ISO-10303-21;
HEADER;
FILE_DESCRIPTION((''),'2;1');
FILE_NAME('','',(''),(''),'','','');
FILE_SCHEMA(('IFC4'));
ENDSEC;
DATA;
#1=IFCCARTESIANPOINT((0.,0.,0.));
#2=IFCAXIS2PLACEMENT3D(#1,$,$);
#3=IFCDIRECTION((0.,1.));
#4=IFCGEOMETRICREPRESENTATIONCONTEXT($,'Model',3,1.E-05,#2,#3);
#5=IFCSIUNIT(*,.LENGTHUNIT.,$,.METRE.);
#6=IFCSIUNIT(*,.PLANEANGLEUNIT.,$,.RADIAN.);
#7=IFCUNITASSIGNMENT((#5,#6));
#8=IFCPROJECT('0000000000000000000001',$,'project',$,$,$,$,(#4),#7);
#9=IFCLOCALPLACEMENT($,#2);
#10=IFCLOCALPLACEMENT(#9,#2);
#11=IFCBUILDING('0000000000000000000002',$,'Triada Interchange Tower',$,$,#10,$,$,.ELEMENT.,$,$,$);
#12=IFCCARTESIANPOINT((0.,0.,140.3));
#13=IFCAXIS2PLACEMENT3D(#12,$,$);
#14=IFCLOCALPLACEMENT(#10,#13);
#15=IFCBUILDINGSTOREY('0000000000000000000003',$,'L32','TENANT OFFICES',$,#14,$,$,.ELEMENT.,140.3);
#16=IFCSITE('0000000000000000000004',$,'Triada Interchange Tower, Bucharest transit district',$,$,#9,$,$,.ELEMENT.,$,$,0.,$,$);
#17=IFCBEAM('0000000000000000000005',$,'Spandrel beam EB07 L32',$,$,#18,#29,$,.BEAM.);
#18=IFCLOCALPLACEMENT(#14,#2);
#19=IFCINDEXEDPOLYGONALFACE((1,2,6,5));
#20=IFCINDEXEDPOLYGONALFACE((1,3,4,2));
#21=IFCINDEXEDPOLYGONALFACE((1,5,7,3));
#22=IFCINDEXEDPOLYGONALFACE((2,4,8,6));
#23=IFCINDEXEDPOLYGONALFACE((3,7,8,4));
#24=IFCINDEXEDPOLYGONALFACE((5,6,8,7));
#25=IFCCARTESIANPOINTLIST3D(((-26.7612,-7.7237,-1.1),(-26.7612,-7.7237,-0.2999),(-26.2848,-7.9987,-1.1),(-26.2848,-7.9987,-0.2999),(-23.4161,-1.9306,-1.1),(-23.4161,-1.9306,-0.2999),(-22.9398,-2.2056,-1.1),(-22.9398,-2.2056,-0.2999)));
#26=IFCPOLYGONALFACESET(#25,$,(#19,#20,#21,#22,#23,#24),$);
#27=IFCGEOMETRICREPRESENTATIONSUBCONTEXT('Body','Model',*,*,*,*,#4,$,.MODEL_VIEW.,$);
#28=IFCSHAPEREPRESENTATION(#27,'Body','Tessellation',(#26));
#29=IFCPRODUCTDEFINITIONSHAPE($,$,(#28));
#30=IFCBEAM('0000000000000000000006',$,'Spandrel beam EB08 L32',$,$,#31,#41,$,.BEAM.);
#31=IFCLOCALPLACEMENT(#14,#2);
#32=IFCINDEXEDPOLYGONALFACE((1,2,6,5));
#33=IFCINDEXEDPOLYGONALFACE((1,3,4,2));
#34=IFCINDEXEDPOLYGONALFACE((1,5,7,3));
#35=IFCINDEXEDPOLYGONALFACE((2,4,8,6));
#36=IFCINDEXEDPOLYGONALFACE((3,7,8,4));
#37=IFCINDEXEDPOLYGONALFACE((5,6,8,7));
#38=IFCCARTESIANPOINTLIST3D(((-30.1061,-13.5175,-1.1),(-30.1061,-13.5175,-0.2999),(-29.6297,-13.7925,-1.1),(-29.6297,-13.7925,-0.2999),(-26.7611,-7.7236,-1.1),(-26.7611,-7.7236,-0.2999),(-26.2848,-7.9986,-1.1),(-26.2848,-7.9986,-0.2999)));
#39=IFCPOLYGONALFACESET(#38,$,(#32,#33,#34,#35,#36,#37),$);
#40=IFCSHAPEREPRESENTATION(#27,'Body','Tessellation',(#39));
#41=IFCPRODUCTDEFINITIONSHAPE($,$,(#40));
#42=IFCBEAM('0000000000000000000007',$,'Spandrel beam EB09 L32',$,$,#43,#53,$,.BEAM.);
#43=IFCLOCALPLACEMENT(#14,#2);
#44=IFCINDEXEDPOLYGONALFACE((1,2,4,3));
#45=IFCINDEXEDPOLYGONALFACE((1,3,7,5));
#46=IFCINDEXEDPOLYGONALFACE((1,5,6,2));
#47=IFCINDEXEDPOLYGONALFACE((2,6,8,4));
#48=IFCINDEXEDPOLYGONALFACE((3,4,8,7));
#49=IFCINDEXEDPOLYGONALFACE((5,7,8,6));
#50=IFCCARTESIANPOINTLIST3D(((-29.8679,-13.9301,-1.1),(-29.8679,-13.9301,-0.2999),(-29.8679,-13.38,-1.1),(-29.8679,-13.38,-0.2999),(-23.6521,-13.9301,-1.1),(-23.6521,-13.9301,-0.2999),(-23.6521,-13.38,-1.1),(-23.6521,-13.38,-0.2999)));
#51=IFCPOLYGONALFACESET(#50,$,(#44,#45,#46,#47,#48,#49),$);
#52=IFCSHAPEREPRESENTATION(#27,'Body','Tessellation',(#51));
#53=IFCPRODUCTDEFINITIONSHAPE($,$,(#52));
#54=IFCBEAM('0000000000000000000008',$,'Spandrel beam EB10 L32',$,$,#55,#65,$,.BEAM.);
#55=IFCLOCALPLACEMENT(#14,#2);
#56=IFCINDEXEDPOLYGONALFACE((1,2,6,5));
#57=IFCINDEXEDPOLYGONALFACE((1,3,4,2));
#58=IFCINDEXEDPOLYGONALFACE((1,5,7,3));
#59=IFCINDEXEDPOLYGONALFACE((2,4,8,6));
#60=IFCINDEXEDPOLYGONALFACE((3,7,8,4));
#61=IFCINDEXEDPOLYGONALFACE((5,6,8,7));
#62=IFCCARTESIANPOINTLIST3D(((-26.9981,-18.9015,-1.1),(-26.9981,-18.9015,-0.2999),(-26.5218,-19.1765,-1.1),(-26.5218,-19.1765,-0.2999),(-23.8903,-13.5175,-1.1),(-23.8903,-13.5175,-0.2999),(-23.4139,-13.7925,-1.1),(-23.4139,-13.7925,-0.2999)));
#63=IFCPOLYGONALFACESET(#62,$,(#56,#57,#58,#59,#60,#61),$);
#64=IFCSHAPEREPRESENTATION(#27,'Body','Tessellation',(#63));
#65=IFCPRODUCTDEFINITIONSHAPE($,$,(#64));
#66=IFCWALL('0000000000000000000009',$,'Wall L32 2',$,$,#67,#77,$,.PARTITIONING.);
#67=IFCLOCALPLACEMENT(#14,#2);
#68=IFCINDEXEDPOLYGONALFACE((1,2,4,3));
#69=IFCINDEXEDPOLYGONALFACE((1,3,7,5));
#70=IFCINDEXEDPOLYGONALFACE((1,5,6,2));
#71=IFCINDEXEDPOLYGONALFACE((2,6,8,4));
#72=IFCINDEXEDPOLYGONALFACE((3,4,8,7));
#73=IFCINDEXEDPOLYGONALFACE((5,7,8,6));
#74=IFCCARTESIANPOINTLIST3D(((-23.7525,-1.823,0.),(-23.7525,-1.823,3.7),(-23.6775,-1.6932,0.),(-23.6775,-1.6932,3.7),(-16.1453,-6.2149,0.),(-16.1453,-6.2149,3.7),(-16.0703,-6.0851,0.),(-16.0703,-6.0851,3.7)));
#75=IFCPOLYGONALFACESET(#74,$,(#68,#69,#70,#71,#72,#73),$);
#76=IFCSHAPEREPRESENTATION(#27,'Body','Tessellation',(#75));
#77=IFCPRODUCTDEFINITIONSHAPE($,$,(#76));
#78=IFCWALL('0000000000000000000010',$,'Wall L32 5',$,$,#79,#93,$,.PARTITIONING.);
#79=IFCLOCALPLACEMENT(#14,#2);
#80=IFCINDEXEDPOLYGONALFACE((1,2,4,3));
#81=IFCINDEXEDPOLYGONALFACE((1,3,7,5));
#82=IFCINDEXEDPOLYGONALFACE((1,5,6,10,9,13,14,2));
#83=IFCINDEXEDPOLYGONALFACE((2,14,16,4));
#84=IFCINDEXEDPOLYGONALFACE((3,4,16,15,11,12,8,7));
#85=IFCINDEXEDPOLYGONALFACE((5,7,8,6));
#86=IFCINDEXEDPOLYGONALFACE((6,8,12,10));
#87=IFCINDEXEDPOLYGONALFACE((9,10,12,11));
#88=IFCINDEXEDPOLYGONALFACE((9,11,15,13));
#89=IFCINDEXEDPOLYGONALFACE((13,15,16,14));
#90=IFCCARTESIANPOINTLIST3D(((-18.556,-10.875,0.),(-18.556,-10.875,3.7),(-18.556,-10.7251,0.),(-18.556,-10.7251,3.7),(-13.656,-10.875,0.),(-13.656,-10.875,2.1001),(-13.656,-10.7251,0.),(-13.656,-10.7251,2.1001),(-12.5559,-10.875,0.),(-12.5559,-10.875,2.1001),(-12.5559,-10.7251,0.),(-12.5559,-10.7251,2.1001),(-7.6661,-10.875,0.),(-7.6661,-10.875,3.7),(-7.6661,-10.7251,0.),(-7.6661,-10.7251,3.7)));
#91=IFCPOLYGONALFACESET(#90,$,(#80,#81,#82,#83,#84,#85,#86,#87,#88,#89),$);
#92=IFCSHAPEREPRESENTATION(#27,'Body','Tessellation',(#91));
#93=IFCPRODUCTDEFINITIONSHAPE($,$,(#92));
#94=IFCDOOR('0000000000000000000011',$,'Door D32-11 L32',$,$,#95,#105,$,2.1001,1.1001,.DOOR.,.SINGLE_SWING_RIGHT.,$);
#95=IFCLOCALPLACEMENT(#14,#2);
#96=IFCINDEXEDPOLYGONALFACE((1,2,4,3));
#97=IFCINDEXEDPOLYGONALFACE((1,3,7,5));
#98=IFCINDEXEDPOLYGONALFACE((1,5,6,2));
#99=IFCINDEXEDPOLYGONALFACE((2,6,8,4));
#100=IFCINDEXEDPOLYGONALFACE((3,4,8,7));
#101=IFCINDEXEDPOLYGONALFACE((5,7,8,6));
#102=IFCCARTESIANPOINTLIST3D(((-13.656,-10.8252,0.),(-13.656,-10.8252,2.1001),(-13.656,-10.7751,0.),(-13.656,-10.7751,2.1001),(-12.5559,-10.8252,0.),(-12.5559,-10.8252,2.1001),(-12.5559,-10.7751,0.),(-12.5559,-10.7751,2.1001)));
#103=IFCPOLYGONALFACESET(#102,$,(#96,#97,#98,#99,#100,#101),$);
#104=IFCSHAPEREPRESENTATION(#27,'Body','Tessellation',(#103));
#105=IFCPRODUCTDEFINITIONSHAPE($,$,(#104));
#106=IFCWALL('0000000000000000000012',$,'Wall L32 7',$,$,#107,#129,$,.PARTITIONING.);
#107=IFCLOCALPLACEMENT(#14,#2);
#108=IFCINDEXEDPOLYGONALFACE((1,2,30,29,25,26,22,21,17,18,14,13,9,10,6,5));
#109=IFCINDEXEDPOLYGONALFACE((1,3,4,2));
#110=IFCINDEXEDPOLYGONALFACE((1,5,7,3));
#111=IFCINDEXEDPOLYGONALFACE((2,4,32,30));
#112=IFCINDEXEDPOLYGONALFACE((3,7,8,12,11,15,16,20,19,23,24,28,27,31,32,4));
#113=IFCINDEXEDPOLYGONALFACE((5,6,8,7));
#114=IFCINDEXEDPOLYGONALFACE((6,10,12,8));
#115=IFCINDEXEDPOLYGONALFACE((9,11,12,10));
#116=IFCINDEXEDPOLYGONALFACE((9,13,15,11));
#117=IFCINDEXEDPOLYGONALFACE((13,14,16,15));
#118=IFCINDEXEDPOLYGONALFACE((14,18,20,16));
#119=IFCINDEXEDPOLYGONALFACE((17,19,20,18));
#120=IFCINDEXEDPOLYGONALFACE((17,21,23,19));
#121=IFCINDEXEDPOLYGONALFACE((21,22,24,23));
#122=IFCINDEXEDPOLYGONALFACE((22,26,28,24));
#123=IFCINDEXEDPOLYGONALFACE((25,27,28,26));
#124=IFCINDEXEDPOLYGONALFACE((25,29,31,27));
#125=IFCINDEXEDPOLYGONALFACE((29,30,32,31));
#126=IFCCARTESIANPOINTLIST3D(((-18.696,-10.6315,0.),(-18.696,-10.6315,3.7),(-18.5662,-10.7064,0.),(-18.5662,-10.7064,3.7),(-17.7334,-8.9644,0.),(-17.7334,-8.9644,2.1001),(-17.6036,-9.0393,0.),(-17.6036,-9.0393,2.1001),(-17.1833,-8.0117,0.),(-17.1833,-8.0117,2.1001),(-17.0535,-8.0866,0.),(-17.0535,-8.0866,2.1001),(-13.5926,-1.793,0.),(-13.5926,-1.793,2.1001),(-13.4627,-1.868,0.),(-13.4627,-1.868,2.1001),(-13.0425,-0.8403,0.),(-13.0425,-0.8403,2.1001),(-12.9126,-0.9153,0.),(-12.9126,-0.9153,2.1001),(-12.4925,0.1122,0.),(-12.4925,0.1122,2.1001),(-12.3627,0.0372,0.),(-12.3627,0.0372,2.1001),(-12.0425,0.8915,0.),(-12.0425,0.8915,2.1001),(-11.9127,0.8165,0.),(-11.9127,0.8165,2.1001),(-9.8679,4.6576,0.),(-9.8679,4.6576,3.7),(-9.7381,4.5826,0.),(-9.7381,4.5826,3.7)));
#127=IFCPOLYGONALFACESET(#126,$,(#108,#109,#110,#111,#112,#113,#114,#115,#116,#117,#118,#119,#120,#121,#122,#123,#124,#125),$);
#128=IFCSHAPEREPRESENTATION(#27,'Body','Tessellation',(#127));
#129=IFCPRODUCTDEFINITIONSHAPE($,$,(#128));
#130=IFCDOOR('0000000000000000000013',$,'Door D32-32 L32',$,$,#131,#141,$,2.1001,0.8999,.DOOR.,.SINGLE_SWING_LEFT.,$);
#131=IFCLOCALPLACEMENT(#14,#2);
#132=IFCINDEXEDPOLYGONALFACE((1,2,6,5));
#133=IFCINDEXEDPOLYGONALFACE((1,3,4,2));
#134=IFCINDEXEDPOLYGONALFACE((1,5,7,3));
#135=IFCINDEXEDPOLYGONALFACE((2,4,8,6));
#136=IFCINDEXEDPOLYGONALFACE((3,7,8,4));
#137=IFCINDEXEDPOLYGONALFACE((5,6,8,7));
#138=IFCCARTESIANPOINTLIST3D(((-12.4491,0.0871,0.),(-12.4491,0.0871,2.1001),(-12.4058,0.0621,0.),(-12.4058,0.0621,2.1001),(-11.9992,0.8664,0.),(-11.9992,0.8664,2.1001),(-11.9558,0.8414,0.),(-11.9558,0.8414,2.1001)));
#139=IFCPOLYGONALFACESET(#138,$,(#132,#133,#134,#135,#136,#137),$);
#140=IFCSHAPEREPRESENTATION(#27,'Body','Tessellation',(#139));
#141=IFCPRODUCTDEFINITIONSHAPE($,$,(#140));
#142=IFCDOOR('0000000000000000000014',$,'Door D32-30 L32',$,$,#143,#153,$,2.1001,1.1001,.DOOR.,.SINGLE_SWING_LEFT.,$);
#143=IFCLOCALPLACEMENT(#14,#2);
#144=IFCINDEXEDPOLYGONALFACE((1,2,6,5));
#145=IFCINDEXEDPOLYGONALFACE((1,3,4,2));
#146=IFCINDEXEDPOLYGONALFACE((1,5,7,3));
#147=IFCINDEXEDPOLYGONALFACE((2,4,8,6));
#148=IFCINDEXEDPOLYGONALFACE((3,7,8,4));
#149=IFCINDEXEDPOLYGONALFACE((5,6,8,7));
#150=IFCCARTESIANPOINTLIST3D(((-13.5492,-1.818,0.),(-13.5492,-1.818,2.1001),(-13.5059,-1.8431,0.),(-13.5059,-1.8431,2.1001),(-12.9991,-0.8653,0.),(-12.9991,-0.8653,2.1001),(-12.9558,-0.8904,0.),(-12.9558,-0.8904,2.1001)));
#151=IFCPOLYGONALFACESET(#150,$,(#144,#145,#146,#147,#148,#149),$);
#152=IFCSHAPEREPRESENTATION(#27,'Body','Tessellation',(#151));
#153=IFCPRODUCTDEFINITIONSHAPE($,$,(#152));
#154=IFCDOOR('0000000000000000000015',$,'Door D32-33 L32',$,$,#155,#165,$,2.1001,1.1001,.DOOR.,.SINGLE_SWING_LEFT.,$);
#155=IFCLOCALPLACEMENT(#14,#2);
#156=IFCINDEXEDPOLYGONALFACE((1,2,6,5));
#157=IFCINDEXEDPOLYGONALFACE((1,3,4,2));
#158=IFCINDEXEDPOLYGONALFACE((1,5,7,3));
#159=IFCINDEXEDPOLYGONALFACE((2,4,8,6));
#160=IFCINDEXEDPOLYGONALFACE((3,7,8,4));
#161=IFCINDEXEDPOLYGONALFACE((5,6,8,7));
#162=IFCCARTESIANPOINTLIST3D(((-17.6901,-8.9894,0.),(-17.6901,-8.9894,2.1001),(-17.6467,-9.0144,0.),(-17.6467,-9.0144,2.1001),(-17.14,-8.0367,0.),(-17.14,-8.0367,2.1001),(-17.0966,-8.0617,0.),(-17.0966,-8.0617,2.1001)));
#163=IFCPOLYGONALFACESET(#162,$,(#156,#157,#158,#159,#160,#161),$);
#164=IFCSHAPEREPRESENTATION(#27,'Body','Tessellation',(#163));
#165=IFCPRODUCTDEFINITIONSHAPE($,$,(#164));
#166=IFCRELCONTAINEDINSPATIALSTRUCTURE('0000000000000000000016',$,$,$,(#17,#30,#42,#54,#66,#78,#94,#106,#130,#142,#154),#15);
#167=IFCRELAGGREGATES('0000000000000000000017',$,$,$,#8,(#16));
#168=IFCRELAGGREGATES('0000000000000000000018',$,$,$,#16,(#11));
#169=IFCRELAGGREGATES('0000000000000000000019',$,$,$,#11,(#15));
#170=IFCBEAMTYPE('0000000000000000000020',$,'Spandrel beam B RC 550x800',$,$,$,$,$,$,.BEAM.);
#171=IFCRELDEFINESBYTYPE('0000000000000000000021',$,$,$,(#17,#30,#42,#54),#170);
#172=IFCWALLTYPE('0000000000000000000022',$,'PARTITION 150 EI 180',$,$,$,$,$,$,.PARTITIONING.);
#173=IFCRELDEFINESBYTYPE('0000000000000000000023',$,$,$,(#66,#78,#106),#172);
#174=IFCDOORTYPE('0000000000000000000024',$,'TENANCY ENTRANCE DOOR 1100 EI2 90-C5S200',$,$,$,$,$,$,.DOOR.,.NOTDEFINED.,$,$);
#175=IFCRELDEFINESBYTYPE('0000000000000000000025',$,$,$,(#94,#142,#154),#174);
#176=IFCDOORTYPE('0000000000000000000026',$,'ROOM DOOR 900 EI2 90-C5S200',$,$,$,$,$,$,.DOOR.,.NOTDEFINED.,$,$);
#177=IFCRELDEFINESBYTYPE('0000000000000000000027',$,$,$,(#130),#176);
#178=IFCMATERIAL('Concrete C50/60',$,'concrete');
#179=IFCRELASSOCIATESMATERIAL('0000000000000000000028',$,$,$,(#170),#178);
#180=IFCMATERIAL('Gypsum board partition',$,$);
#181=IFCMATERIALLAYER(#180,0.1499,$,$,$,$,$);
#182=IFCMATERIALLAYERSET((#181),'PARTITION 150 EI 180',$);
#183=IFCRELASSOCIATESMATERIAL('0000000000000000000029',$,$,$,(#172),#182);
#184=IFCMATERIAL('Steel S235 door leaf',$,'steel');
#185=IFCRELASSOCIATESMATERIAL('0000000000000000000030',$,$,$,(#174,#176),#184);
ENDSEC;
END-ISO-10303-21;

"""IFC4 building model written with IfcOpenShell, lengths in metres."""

from ifc_helpers import new_model, si_unit, direction, frame, frame_2d, origin, origin_2d, place, context, subcontext, project, spatial, rectangle, extrude, material, layer, layer_set, material_profile, profile_set, type_object, element, fill, save


model = new_model("IFC4")

# Units and contexts
model_context = context("Model", 3, precision=1e-05, world=origin(), true_north=direction((0.0, 1.0)))
body_context = subcontext(model_context, "Body", "Model", "MODEL_VIEW")
ifc_project = project(units=[si_unit("LENGTHUNIT", "METRE"), si_unit("PLANEANGLEUNIT", "RADIAN")], contexts=[model_context])

# Site, building, storey
site_placement = place(None, origin())
site = spatial("IfcSite", under=ifc_project, at=site_placement, Name="Triada Interchange Tower, Bucharest transit district", CompositionType="ELEMENT", RefElevation=0.0)
building_placement = place(site_placement, origin())
building = spatial("IfcBuilding", under=site, at=building_placement, Name="Triada Interchange Tower", CompositionType="ELEMENT")
storey_placement = place(building_placement, frame((0.0, 0.0, 140.3)))
storey = spatial("IfcBuildingStorey", under=building, at=storey_placement, Name="L32", Description="TENANT OFFICES", CompositionType="ELEMENT", Elevation=140.3)

# Beams
ifc_material_1 = material(Name="Concrete C50/60", Category="concrete")
ifc_material_profile_1 = material_profile(ifc_material_1, rectangle(XDim=0.55, YDim=0.8, at=origin_2d()), Name="RC 550x800")
ifc_profile_set_1 = profile_set([ifc_material_profile_1], Name="Concrete C50/60")
beam_type_1 = type_object("IfcBeamType", Name="Spandrel beam B RC 550x800", PredefinedType="BEAM", material=ifc_profile_set_1)
beam_1_placement = place(storey_placement, frame((-23.178, -2.0681, -0.7), z_axis=(-0.500045, -0.866, 0.0), x_axis=(0.866, -0.500045, 0.0)))
element("IfcBeam", 1, at=beam_1_placement, inside=storey, type_object=beam_type_1, Name="Spandrel beam EB07 L32", PredefinedType="BEAM", context=body_context, shape_type="SweptSolid", body=[
    extrude(rectangle(XDim=0.55, YDim=0.8, at=origin_2d()), origin(), (0.0, 0.0, 1.0), 6.6895),
])
beam_2_placement = place(storey_placement, frame((-26.5229, -7.8611, -0.7), z_axis=(-0.499981, -0.866036, 0.0), x_axis=(0.866036, -0.499981, 0.0)))
element("IfcBeam", 2, at=beam_2_placement, inside=storey, type_object=beam_type_1, Name="Spandrel beam EB08 L32", PredefinedType="BEAM", context=body_context, shape_type="SweptSolid", body=[
    extrude(rectangle(XDim=0.55, YDim=0.8, at=origin_2d()), origin(), (0.0, 0.0, 1.0), 6.6902),
])
beam_3_placement = place(storey_placement, frame((-29.8679, -13.655, -0.7), z_axis=(1.0, 0.0, 0.0), x_axis=(0.0, 1.0, 0.0)))
element("IfcBeam", 3, at=beam_3_placement, inside=storey, type_object=beam_type_1, Name="Spandrel beam EB09 L32", PredefinedType="BEAM", context=body_context, shape_type="SweptSolid", body=[
    extrude(rectangle(XDim=0.55, YDim=0.8, at=origin_2d()), origin(), (0.0, 0.0, 1.0), 6.2158),
])
beam_4_placement = place(storey_placement, frame((-23.6521, -13.655, -0.7), z_axis=(-0.499932, -0.866065, 0.0), x_axis=(0.866065, -0.499932, 0.0)))
element("IfcBeam", 4, at=beam_4_placement, inside=storey, type_object=beam_type_1, Name="Spandrel beam EB10 L32", PredefinedType="BEAM", context=body_context, shape_type="SweptSolid", body=[
    extrude(rectangle(XDim=0.55, YDim=0.8, at=origin_2d()), origin(), (0.0, 0.0, 1.0), 6.2166),
])

# Wall
ifc_material_2 = material(Name="Gypsum board partition")
ifc_layer_1 = layer(ifc_material_2, 0.1499)
ifc_layer_set_1 = layer_set([ifc_layer_1], Name="PARTITION 150 EI 180")
wall_type = type_object("IfcWallType", Name="PARTITION 150 EI 180", PredefinedType="PARTITIONING", material=ifc_layer_set_1)
wall_1_placement = place(storey_placement, frame((-23.7151, -1.7581, 0.0), z_axis=(0.0, 0.0, 1.0), x_axis=(0.866033, -0.499986, 0.0)))
element("IfcWall", 5, at=wall_1_placement, inside=storey, type_object=wall_type, Name="Wall L32 2", PredefinedType="PARTITIONING", context=body_context, shape_type="SweptSolid", body=[
    extrude(rectangle(XDim=8.7839, YDim=0.1499, at=frame_2d((4.3921, 0.0))), origin(), (0.0, 0.0, 1.0), 3.7),
])

# Wall, opening, door
wall_2_placement = place(storey_placement, frame((-18.5559, -10.8, 0.0), z_axis=(0.0, 0.0, 1.0), x_axis=(1.0, 0.0, 0.0)))
wall_2 = element("IfcWall", 6, at=wall_2_placement, inside=storey, type_object=wall_type, Name="Wall L32 5", PredefinedType="PARTITIONING", context=body_context, shape_type="SweptSolid", body=[
    extrude(rectangle(XDim=10.8899, YDim=0.1499, at=frame_2d((5.4448, 0.0))), origin(), (0.0, 0.0, 1.0), 3.7),
])
opening_1_placement = place(wall_2_placement, frame((4.8999, 0.0, 0.0)))
opening_1 = element("IfcOpeningElement", 7, at=opening_1_placement, cuts=wall_2, PredefinedType="OPENING", context=body_context, shape_type="SweptSolid", body=[
    extrude(rectangle(XDim=1.1001, YDim=2.1001, at=frame_2d((0.55, 1.05))), frame((0.0, 0.085, 0.0), z_axis=(0.0, -1.0, 0.0), x_axis=(1.0, 0.0, 0.0)), (0.0, 0.0, 1.0), 0.1699),
])
ifc_material_3 = material(Name="Steel S235 door leaf", Category="steel")
door_type_1 = type_object("IfcDoorType", Name="TENANCY ENTRANCE DOOR 1100 EI2 90-C5S200", OperationType="NOTDEFINED", PredefinedType="DOOR", material=ifc_material_3)
door_1_placement = place(opening_1_placement, origin())
door_1 = element("IfcDoor", 8, at=door_1_placement, inside=storey, type_object=door_type_1, Name="Door D32-11 L32", OperationType="SINGLE_SWING_RIGHT", OverallHeight=2.1001, OverallWidth=1.1001, PredefinedType="DOOR", context=body_context, shape_type="SweptSolid", body=[
    extrude(rectangle(XDim=1.1001, YDim=2.1001, at=frame_2d((0.55, 1.05))), frame((0.0, 0.0249, 0.0), z_axis=(0.0, -1.0, 0.0), x_axis=(1.0, 0.0, 0.0)), (0.0, 0.0, 1.0), 0.05),
])
fill(opening_1, door_1)

# Wall, openings, doors
wall_3_placement = place(storey_placement, frame((-18.6311, -10.6689, 0.0), z_axis=(0.0, 0.0, 1.0), x_axis=(0.500042, 0.866001, 0.0)))
wall_3 = element("IfcWall", 9, at=wall_3_placement, inside=storey, type_object=wall_type, Name="Wall L32 7", PredefinedType="PARTITIONING", context=body_context, shape_type="SweptSolid", body=[
    extrude(rectangle(XDim=17.6548, YDim=0.1499, at=frame_2d((8.8274, 0.0))), origin(), (0.0, 0.0, 1.0), 3.7),
])
opening_2_placement = place(wall_3_placement, frame((10.2061, 0.0, 0.0)))
opening_2 = element("IfcOpeningElement", 10, at=opening_2_placement, cuts=wall_3, PredefinedType="OPENING", context=body_context, shape_type="SweptSolid", body=[
    extrude(rectangle(XDim=1.1001, YDim=2.1001, at=frame_2d((0.55, 1.05))), frame((0.0, 0.085, 0.0), z_axis=(0.0, -1.0, 0.0), x_axis=(1.0, 0.0, 0.0)), (0.0, 0.0, 1.0), 0.1699),
])
opening_3_placement = place(wall_3_placement, frame((12.406, 0.0, 0.0)))
opening_3 = element("IfcOpeningElement", 11, at=opening_3_placement, cuts=wall_3, PredefinedType="OPENING", context=body_context, shape_type="SweptSolid", body=[
    extrude(rectangle(XDim=0.8999, YDim=2.1001, at=frame_2d((0.45, 1.05))), frame((0.0, 0.085, 0.0), z_axis=(0.0, -1.0, 0.0), x_axis=(1.0, 0.0, 0.0)), (0.0, 0.0, 1.0), 0.1699),
])
opening_4_placement = place(wall_3_placement, frame((1.925, 0.0, 0.0)))
opening_4 = element("IfcOpeningElement", 12, at=opening_4_placement, cuts=wall_3, PredefinedType="OPENING", context=body_context, shape_type="SweptSolid", body=[
    extrude(rectangle(XDim=1.1001, YDim=2.1001, at=frame_2d((0.55, 1.05))), frame((0.0, 0.085, 0.0), z_axis=(0.0, -1.0, 0.0), x_axis=(1.0, 0.0, 0.0)), (0.0, 0.0, 1.0), 0.1699),
])
door_type_2 = type_object("IfcDoorType", Name="ROOM DOOR 900 EI2 90-C5S200", OperationType="NOTDEFINED", PredefinedType="DOOR", material=ifc_material_3)
door_2_placement = place(opening_3_placement, origin())
door_2 = element("IfcDoor", 13, at=door_2_placement, inside=storey, type_object=door_type_2, Name="Door D32-32 L32", OperationType="SINGLE_SWING_LEFT", OverallHeight=2.1001, OverallWidth=0.8999, PredefinedType="DOOR", context=body_context, shape_type="SweptSolid", body=[
    extrude(rectangle(XDim=0.8999, YDim=2.1001, at=frame_2d((0.45, 1.05))), frame((0.0, 0.0249, 0.0), z_axis=(0.0, -1.0, 0.0), x_axis=(1.0, 0.0, 0.0)), (0.0, 0.0, 1.0), 0.05),
])
fill(opening_3, door_2)
door_3_placement = place(opening_2_placement, origin())
door_3 = element("IfcDoor", 14, at=door_3_placement, inside=storey, type_object=door_type_1, Name="Door D32-30 L32", OperationType="SINGLE_SWING_LEFT", OverallHeight=2.1001, OverallWidth=1.1001, PredefinedType="DOOR", context=body_context, shape_type="SweptSolid", body=[
    extrude(rectangle(XDim=1.1001, YDim=2.1001, at=frame_2d((0.55, 1.05))), frame((0.0, 0.0249, 0.0), z_axis=(0.0, -1.0, 0.0), x_axis=(1.0, 0.0, 0.0)), (0.0, 0.0, 1.0), 0.05),
])
fill(opening_2, door_3)
door_4_placement = place(opening_4_placement, origin())
door_4 = element("IfcDoor", 15, at=door_4_placement, inside=storey, type_object=door_type_1, Name="Door D32-33 L32", OperationType="SINGLE_SWING_LEFT", OverallHeight=2.1001, OverallWidth=1.1001, PredefinedType="DOOR", context=body_context, shape_type="SweptSolid", body=[
    extrude(rectangle(XDim=1.1001, YDim=2.1001, at=frame_2d((0.55, 1.05))), frame((0.0, 0.0249, 0.0), z_axis=(0.0, -1.0, 0.0), x_axis=(1.0, 0.0, 0.0)), (0.0, 0.0, 1.0), 0.05),
])
fill(opening_4, door_4)

save(model, "model.ifc")
